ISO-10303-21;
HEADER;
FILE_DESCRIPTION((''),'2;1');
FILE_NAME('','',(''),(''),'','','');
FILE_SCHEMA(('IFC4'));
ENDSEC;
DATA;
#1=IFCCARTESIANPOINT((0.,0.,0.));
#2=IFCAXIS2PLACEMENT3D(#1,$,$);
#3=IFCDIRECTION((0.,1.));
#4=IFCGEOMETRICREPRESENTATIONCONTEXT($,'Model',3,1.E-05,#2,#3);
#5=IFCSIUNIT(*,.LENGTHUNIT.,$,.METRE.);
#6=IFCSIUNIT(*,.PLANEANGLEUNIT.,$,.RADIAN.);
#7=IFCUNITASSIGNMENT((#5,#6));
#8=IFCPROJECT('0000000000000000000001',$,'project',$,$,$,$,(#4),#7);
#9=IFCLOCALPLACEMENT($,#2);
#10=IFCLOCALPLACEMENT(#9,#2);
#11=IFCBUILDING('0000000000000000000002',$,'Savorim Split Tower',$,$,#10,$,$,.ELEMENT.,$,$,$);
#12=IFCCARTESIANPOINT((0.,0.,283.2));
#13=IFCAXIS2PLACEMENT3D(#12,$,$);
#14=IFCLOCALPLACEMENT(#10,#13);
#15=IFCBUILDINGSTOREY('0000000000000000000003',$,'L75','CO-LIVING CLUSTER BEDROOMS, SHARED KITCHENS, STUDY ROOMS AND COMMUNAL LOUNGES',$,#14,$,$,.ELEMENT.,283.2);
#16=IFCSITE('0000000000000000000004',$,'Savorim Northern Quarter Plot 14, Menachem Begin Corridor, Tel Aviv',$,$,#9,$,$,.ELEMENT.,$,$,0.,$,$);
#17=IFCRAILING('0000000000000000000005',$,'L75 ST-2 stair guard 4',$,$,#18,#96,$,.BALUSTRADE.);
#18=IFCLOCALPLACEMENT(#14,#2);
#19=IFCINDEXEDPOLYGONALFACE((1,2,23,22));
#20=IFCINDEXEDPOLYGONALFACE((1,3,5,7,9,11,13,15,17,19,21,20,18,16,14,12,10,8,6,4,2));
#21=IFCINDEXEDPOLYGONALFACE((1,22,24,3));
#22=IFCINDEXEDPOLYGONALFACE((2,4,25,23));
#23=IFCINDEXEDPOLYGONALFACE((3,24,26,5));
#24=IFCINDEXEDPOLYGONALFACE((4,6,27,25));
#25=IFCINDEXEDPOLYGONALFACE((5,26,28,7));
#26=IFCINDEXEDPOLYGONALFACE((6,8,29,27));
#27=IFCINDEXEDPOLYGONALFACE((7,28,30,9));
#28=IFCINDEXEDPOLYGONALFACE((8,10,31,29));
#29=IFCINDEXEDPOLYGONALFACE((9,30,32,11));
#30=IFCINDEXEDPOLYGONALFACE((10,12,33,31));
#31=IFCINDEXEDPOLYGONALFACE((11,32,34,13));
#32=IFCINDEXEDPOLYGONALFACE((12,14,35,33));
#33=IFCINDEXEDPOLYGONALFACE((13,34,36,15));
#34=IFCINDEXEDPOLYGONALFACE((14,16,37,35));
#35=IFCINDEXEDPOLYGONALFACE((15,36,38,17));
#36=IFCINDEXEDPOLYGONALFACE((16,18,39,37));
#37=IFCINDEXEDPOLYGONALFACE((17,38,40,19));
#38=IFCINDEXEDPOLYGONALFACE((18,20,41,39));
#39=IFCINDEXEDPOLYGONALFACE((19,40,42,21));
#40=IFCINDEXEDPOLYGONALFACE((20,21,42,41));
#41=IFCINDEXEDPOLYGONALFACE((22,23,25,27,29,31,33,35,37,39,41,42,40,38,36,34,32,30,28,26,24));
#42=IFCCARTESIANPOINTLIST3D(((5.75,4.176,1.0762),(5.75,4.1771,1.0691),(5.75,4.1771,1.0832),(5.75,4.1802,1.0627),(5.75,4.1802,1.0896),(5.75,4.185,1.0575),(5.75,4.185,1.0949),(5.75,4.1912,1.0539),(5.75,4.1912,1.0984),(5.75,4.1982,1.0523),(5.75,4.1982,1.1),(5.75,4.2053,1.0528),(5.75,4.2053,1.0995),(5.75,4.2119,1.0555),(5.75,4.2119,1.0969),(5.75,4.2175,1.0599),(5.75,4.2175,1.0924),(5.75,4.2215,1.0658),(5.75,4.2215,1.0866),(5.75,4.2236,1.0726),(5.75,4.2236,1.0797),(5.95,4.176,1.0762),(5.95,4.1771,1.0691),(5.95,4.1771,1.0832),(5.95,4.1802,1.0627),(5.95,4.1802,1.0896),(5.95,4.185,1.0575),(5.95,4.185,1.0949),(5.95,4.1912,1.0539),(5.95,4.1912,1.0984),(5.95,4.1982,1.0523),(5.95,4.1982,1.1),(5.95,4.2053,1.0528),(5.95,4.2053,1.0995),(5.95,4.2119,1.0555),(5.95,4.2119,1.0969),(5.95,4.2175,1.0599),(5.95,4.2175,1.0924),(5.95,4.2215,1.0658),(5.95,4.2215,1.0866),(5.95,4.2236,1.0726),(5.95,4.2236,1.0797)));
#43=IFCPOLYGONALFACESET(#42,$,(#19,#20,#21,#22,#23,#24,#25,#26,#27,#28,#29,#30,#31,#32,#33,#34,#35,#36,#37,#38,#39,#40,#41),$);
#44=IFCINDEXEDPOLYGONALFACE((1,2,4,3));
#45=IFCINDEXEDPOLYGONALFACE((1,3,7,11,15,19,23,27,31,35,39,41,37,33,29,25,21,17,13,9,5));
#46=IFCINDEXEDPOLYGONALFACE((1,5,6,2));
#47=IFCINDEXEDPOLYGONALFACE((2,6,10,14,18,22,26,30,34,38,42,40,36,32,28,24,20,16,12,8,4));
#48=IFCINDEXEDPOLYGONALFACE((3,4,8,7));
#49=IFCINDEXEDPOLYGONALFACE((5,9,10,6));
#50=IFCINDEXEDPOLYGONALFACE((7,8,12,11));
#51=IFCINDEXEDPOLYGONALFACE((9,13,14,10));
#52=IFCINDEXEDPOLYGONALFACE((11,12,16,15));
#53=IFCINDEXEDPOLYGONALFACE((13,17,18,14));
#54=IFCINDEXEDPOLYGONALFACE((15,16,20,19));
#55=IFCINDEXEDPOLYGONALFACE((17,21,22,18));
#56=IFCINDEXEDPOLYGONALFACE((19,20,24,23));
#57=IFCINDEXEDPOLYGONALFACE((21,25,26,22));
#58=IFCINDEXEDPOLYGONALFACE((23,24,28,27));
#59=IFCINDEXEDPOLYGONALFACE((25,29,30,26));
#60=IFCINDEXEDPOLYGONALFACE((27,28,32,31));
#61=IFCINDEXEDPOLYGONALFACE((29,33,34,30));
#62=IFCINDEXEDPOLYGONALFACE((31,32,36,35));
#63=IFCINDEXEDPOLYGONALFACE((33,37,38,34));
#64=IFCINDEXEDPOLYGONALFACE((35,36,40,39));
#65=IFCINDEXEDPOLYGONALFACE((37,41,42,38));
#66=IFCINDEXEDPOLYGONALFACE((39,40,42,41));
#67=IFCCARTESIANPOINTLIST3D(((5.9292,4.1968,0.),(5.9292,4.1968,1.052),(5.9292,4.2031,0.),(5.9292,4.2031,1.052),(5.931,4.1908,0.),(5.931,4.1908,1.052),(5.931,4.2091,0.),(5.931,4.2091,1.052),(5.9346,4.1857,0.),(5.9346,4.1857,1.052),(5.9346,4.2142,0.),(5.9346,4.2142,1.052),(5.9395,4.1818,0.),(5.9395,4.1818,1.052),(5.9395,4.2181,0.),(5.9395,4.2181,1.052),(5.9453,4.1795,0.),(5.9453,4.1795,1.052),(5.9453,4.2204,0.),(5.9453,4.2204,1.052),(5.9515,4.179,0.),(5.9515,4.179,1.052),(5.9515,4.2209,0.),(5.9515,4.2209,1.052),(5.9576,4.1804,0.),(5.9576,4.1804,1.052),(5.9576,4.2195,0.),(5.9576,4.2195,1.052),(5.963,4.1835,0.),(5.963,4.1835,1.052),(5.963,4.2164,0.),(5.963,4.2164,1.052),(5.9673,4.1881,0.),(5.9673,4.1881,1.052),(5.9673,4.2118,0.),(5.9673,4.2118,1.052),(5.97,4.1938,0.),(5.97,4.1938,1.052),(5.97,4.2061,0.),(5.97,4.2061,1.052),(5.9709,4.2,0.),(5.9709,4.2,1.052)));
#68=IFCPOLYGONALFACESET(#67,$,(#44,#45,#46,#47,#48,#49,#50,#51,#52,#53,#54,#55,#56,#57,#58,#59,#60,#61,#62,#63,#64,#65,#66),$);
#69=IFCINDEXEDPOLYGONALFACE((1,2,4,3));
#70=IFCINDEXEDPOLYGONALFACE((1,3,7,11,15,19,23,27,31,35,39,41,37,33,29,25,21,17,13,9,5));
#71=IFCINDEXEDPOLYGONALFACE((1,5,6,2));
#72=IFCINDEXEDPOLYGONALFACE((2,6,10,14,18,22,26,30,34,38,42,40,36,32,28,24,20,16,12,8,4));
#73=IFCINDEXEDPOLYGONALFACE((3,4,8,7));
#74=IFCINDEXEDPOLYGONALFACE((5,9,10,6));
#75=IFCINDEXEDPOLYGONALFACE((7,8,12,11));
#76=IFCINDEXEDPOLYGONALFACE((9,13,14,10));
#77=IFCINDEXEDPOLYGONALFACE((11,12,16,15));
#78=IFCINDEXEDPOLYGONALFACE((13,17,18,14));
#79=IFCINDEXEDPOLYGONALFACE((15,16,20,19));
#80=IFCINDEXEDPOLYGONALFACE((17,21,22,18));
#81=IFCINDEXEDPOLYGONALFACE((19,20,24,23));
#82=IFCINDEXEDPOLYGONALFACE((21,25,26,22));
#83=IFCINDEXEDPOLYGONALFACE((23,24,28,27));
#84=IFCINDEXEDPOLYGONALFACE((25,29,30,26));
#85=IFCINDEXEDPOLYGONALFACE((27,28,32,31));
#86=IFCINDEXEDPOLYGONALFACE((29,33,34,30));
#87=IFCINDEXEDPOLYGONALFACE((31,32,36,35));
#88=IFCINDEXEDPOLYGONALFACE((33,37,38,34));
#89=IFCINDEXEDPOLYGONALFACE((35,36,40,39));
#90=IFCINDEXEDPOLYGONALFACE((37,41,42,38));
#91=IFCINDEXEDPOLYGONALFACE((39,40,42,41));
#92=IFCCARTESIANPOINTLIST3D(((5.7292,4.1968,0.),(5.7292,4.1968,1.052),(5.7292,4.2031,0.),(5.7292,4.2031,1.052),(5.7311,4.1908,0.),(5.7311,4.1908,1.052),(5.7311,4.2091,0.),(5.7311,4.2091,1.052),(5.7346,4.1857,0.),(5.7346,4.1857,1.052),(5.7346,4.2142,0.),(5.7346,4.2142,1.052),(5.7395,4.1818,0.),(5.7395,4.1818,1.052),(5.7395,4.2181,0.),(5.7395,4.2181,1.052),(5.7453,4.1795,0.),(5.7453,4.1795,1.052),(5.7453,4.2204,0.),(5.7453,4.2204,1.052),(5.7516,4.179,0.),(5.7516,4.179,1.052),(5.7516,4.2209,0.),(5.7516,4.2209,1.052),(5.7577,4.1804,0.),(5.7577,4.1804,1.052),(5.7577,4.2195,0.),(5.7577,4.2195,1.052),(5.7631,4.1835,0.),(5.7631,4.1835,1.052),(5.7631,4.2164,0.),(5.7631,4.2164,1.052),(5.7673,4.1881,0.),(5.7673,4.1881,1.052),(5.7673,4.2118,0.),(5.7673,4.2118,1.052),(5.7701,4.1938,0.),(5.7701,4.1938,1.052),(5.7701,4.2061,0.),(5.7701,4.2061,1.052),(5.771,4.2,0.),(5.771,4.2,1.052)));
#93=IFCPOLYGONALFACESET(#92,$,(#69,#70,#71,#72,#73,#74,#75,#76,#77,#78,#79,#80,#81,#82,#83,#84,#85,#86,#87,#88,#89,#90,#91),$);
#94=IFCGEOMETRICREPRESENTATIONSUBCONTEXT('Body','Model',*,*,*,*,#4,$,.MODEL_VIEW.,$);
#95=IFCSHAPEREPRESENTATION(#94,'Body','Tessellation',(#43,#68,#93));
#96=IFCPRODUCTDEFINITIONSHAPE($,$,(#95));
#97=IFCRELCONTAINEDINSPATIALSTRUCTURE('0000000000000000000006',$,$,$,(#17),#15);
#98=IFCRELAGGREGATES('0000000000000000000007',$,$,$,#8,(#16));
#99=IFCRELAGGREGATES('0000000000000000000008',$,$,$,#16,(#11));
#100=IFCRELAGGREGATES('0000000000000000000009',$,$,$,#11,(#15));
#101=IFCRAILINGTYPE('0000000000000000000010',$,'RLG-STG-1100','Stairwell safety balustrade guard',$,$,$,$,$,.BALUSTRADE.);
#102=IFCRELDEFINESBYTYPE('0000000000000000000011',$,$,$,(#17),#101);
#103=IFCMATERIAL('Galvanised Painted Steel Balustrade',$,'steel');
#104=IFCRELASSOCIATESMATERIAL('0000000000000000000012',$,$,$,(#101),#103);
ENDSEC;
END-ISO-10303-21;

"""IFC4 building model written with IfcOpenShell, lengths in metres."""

from ifc_helpers import new_model, si_unit, direction, frame, origin, origin_2d, place, context, subcontext, project, spatial, circle, extrude, material, type_object, element, save


model = new_model("IFC4")

# Units and contexts
model_context = context("Model", 3, precision=1e-05, world=origin(), true_north=direction((0.0, 1.0)))
body_context = subcontext(model_context, "Body", "Model", "MODEL_VIEW")
ifc_project = project(units=[si_unit("LENGTHUNIT", "METRE"), si_unit("PLANEANGLEUNIT", "RADIAN")], contexts=[model_context])

# Site, building, storey
site_placement = place(None, origin())
site = spatial("IfcSite", under=ifc_project, at=site_placement, Name="Savorim Northern Quarter Plot 14, Menachem Begin Corridor, Tel Aviv", CompositionType="ELEMENT", RefElevation=0.0)
building_placement = place(site_placement, origin())
building = spatial("IfcBuilding", under=site, at=building_placement, Name="Savorim Split Tower", CompositionType="ELEMENT")
storey_placement = place(building_placement, frame((0.0, 0.0, 283.2)))
storey = spatial("IfcBuildingStorey", under=building, at=storey_placement, Name="L75", Description="CO-LIVING CLUSTER BEDROOMS, SHARED KITCHENS, STUDY ROOMS AND COMMUNAL LOUNGES", CompositionType="ELEMENT", Elevation=283.2)

# Railing
ifc_material_1 = material(Name="Galvanised Painted Steel Balustrade", Category="steel")
railing_type_1 = type_object("IfcRailingType", Name="RLG-STG-1100", Description="Stairwell safety balustrade guard", PredefinedType="BALUSTRADE", material=ifc_material_1)
railing_1_placement = place(storey_placement, frame((5.95, 4.2, 0.0)))
element("IfcRailing", 1, at=railing_1_placement, inside=storey, type_object=railing_type_1, Name="L75 ST-2 stair guard 4", PredefinedType="BALUSTRADE", context=body_context, shape_type="SweptSolid", body=[
    extrude(circle(Radius=0.0239, at=origin_2d()), frame((0.0, 0.0, 1.0762), z_axis=(-1.0, 0.0, 0.0), x_axis=(0.0, -1.0, 0.0)), (0.0, 0.0, 1.0), 0.2),
    extrude(circle(Radius=0.021, at=origin_2d()), origin(), (0.0, 0.0, 1.0), 1.052),
    extrude(circle(Radius=0.021, at=origin_2d()), frame((-0.2, 0.0, 0.0)), (0.0, 0.0, 1.0), 1.052),
])

save(model, "model.ifc")
